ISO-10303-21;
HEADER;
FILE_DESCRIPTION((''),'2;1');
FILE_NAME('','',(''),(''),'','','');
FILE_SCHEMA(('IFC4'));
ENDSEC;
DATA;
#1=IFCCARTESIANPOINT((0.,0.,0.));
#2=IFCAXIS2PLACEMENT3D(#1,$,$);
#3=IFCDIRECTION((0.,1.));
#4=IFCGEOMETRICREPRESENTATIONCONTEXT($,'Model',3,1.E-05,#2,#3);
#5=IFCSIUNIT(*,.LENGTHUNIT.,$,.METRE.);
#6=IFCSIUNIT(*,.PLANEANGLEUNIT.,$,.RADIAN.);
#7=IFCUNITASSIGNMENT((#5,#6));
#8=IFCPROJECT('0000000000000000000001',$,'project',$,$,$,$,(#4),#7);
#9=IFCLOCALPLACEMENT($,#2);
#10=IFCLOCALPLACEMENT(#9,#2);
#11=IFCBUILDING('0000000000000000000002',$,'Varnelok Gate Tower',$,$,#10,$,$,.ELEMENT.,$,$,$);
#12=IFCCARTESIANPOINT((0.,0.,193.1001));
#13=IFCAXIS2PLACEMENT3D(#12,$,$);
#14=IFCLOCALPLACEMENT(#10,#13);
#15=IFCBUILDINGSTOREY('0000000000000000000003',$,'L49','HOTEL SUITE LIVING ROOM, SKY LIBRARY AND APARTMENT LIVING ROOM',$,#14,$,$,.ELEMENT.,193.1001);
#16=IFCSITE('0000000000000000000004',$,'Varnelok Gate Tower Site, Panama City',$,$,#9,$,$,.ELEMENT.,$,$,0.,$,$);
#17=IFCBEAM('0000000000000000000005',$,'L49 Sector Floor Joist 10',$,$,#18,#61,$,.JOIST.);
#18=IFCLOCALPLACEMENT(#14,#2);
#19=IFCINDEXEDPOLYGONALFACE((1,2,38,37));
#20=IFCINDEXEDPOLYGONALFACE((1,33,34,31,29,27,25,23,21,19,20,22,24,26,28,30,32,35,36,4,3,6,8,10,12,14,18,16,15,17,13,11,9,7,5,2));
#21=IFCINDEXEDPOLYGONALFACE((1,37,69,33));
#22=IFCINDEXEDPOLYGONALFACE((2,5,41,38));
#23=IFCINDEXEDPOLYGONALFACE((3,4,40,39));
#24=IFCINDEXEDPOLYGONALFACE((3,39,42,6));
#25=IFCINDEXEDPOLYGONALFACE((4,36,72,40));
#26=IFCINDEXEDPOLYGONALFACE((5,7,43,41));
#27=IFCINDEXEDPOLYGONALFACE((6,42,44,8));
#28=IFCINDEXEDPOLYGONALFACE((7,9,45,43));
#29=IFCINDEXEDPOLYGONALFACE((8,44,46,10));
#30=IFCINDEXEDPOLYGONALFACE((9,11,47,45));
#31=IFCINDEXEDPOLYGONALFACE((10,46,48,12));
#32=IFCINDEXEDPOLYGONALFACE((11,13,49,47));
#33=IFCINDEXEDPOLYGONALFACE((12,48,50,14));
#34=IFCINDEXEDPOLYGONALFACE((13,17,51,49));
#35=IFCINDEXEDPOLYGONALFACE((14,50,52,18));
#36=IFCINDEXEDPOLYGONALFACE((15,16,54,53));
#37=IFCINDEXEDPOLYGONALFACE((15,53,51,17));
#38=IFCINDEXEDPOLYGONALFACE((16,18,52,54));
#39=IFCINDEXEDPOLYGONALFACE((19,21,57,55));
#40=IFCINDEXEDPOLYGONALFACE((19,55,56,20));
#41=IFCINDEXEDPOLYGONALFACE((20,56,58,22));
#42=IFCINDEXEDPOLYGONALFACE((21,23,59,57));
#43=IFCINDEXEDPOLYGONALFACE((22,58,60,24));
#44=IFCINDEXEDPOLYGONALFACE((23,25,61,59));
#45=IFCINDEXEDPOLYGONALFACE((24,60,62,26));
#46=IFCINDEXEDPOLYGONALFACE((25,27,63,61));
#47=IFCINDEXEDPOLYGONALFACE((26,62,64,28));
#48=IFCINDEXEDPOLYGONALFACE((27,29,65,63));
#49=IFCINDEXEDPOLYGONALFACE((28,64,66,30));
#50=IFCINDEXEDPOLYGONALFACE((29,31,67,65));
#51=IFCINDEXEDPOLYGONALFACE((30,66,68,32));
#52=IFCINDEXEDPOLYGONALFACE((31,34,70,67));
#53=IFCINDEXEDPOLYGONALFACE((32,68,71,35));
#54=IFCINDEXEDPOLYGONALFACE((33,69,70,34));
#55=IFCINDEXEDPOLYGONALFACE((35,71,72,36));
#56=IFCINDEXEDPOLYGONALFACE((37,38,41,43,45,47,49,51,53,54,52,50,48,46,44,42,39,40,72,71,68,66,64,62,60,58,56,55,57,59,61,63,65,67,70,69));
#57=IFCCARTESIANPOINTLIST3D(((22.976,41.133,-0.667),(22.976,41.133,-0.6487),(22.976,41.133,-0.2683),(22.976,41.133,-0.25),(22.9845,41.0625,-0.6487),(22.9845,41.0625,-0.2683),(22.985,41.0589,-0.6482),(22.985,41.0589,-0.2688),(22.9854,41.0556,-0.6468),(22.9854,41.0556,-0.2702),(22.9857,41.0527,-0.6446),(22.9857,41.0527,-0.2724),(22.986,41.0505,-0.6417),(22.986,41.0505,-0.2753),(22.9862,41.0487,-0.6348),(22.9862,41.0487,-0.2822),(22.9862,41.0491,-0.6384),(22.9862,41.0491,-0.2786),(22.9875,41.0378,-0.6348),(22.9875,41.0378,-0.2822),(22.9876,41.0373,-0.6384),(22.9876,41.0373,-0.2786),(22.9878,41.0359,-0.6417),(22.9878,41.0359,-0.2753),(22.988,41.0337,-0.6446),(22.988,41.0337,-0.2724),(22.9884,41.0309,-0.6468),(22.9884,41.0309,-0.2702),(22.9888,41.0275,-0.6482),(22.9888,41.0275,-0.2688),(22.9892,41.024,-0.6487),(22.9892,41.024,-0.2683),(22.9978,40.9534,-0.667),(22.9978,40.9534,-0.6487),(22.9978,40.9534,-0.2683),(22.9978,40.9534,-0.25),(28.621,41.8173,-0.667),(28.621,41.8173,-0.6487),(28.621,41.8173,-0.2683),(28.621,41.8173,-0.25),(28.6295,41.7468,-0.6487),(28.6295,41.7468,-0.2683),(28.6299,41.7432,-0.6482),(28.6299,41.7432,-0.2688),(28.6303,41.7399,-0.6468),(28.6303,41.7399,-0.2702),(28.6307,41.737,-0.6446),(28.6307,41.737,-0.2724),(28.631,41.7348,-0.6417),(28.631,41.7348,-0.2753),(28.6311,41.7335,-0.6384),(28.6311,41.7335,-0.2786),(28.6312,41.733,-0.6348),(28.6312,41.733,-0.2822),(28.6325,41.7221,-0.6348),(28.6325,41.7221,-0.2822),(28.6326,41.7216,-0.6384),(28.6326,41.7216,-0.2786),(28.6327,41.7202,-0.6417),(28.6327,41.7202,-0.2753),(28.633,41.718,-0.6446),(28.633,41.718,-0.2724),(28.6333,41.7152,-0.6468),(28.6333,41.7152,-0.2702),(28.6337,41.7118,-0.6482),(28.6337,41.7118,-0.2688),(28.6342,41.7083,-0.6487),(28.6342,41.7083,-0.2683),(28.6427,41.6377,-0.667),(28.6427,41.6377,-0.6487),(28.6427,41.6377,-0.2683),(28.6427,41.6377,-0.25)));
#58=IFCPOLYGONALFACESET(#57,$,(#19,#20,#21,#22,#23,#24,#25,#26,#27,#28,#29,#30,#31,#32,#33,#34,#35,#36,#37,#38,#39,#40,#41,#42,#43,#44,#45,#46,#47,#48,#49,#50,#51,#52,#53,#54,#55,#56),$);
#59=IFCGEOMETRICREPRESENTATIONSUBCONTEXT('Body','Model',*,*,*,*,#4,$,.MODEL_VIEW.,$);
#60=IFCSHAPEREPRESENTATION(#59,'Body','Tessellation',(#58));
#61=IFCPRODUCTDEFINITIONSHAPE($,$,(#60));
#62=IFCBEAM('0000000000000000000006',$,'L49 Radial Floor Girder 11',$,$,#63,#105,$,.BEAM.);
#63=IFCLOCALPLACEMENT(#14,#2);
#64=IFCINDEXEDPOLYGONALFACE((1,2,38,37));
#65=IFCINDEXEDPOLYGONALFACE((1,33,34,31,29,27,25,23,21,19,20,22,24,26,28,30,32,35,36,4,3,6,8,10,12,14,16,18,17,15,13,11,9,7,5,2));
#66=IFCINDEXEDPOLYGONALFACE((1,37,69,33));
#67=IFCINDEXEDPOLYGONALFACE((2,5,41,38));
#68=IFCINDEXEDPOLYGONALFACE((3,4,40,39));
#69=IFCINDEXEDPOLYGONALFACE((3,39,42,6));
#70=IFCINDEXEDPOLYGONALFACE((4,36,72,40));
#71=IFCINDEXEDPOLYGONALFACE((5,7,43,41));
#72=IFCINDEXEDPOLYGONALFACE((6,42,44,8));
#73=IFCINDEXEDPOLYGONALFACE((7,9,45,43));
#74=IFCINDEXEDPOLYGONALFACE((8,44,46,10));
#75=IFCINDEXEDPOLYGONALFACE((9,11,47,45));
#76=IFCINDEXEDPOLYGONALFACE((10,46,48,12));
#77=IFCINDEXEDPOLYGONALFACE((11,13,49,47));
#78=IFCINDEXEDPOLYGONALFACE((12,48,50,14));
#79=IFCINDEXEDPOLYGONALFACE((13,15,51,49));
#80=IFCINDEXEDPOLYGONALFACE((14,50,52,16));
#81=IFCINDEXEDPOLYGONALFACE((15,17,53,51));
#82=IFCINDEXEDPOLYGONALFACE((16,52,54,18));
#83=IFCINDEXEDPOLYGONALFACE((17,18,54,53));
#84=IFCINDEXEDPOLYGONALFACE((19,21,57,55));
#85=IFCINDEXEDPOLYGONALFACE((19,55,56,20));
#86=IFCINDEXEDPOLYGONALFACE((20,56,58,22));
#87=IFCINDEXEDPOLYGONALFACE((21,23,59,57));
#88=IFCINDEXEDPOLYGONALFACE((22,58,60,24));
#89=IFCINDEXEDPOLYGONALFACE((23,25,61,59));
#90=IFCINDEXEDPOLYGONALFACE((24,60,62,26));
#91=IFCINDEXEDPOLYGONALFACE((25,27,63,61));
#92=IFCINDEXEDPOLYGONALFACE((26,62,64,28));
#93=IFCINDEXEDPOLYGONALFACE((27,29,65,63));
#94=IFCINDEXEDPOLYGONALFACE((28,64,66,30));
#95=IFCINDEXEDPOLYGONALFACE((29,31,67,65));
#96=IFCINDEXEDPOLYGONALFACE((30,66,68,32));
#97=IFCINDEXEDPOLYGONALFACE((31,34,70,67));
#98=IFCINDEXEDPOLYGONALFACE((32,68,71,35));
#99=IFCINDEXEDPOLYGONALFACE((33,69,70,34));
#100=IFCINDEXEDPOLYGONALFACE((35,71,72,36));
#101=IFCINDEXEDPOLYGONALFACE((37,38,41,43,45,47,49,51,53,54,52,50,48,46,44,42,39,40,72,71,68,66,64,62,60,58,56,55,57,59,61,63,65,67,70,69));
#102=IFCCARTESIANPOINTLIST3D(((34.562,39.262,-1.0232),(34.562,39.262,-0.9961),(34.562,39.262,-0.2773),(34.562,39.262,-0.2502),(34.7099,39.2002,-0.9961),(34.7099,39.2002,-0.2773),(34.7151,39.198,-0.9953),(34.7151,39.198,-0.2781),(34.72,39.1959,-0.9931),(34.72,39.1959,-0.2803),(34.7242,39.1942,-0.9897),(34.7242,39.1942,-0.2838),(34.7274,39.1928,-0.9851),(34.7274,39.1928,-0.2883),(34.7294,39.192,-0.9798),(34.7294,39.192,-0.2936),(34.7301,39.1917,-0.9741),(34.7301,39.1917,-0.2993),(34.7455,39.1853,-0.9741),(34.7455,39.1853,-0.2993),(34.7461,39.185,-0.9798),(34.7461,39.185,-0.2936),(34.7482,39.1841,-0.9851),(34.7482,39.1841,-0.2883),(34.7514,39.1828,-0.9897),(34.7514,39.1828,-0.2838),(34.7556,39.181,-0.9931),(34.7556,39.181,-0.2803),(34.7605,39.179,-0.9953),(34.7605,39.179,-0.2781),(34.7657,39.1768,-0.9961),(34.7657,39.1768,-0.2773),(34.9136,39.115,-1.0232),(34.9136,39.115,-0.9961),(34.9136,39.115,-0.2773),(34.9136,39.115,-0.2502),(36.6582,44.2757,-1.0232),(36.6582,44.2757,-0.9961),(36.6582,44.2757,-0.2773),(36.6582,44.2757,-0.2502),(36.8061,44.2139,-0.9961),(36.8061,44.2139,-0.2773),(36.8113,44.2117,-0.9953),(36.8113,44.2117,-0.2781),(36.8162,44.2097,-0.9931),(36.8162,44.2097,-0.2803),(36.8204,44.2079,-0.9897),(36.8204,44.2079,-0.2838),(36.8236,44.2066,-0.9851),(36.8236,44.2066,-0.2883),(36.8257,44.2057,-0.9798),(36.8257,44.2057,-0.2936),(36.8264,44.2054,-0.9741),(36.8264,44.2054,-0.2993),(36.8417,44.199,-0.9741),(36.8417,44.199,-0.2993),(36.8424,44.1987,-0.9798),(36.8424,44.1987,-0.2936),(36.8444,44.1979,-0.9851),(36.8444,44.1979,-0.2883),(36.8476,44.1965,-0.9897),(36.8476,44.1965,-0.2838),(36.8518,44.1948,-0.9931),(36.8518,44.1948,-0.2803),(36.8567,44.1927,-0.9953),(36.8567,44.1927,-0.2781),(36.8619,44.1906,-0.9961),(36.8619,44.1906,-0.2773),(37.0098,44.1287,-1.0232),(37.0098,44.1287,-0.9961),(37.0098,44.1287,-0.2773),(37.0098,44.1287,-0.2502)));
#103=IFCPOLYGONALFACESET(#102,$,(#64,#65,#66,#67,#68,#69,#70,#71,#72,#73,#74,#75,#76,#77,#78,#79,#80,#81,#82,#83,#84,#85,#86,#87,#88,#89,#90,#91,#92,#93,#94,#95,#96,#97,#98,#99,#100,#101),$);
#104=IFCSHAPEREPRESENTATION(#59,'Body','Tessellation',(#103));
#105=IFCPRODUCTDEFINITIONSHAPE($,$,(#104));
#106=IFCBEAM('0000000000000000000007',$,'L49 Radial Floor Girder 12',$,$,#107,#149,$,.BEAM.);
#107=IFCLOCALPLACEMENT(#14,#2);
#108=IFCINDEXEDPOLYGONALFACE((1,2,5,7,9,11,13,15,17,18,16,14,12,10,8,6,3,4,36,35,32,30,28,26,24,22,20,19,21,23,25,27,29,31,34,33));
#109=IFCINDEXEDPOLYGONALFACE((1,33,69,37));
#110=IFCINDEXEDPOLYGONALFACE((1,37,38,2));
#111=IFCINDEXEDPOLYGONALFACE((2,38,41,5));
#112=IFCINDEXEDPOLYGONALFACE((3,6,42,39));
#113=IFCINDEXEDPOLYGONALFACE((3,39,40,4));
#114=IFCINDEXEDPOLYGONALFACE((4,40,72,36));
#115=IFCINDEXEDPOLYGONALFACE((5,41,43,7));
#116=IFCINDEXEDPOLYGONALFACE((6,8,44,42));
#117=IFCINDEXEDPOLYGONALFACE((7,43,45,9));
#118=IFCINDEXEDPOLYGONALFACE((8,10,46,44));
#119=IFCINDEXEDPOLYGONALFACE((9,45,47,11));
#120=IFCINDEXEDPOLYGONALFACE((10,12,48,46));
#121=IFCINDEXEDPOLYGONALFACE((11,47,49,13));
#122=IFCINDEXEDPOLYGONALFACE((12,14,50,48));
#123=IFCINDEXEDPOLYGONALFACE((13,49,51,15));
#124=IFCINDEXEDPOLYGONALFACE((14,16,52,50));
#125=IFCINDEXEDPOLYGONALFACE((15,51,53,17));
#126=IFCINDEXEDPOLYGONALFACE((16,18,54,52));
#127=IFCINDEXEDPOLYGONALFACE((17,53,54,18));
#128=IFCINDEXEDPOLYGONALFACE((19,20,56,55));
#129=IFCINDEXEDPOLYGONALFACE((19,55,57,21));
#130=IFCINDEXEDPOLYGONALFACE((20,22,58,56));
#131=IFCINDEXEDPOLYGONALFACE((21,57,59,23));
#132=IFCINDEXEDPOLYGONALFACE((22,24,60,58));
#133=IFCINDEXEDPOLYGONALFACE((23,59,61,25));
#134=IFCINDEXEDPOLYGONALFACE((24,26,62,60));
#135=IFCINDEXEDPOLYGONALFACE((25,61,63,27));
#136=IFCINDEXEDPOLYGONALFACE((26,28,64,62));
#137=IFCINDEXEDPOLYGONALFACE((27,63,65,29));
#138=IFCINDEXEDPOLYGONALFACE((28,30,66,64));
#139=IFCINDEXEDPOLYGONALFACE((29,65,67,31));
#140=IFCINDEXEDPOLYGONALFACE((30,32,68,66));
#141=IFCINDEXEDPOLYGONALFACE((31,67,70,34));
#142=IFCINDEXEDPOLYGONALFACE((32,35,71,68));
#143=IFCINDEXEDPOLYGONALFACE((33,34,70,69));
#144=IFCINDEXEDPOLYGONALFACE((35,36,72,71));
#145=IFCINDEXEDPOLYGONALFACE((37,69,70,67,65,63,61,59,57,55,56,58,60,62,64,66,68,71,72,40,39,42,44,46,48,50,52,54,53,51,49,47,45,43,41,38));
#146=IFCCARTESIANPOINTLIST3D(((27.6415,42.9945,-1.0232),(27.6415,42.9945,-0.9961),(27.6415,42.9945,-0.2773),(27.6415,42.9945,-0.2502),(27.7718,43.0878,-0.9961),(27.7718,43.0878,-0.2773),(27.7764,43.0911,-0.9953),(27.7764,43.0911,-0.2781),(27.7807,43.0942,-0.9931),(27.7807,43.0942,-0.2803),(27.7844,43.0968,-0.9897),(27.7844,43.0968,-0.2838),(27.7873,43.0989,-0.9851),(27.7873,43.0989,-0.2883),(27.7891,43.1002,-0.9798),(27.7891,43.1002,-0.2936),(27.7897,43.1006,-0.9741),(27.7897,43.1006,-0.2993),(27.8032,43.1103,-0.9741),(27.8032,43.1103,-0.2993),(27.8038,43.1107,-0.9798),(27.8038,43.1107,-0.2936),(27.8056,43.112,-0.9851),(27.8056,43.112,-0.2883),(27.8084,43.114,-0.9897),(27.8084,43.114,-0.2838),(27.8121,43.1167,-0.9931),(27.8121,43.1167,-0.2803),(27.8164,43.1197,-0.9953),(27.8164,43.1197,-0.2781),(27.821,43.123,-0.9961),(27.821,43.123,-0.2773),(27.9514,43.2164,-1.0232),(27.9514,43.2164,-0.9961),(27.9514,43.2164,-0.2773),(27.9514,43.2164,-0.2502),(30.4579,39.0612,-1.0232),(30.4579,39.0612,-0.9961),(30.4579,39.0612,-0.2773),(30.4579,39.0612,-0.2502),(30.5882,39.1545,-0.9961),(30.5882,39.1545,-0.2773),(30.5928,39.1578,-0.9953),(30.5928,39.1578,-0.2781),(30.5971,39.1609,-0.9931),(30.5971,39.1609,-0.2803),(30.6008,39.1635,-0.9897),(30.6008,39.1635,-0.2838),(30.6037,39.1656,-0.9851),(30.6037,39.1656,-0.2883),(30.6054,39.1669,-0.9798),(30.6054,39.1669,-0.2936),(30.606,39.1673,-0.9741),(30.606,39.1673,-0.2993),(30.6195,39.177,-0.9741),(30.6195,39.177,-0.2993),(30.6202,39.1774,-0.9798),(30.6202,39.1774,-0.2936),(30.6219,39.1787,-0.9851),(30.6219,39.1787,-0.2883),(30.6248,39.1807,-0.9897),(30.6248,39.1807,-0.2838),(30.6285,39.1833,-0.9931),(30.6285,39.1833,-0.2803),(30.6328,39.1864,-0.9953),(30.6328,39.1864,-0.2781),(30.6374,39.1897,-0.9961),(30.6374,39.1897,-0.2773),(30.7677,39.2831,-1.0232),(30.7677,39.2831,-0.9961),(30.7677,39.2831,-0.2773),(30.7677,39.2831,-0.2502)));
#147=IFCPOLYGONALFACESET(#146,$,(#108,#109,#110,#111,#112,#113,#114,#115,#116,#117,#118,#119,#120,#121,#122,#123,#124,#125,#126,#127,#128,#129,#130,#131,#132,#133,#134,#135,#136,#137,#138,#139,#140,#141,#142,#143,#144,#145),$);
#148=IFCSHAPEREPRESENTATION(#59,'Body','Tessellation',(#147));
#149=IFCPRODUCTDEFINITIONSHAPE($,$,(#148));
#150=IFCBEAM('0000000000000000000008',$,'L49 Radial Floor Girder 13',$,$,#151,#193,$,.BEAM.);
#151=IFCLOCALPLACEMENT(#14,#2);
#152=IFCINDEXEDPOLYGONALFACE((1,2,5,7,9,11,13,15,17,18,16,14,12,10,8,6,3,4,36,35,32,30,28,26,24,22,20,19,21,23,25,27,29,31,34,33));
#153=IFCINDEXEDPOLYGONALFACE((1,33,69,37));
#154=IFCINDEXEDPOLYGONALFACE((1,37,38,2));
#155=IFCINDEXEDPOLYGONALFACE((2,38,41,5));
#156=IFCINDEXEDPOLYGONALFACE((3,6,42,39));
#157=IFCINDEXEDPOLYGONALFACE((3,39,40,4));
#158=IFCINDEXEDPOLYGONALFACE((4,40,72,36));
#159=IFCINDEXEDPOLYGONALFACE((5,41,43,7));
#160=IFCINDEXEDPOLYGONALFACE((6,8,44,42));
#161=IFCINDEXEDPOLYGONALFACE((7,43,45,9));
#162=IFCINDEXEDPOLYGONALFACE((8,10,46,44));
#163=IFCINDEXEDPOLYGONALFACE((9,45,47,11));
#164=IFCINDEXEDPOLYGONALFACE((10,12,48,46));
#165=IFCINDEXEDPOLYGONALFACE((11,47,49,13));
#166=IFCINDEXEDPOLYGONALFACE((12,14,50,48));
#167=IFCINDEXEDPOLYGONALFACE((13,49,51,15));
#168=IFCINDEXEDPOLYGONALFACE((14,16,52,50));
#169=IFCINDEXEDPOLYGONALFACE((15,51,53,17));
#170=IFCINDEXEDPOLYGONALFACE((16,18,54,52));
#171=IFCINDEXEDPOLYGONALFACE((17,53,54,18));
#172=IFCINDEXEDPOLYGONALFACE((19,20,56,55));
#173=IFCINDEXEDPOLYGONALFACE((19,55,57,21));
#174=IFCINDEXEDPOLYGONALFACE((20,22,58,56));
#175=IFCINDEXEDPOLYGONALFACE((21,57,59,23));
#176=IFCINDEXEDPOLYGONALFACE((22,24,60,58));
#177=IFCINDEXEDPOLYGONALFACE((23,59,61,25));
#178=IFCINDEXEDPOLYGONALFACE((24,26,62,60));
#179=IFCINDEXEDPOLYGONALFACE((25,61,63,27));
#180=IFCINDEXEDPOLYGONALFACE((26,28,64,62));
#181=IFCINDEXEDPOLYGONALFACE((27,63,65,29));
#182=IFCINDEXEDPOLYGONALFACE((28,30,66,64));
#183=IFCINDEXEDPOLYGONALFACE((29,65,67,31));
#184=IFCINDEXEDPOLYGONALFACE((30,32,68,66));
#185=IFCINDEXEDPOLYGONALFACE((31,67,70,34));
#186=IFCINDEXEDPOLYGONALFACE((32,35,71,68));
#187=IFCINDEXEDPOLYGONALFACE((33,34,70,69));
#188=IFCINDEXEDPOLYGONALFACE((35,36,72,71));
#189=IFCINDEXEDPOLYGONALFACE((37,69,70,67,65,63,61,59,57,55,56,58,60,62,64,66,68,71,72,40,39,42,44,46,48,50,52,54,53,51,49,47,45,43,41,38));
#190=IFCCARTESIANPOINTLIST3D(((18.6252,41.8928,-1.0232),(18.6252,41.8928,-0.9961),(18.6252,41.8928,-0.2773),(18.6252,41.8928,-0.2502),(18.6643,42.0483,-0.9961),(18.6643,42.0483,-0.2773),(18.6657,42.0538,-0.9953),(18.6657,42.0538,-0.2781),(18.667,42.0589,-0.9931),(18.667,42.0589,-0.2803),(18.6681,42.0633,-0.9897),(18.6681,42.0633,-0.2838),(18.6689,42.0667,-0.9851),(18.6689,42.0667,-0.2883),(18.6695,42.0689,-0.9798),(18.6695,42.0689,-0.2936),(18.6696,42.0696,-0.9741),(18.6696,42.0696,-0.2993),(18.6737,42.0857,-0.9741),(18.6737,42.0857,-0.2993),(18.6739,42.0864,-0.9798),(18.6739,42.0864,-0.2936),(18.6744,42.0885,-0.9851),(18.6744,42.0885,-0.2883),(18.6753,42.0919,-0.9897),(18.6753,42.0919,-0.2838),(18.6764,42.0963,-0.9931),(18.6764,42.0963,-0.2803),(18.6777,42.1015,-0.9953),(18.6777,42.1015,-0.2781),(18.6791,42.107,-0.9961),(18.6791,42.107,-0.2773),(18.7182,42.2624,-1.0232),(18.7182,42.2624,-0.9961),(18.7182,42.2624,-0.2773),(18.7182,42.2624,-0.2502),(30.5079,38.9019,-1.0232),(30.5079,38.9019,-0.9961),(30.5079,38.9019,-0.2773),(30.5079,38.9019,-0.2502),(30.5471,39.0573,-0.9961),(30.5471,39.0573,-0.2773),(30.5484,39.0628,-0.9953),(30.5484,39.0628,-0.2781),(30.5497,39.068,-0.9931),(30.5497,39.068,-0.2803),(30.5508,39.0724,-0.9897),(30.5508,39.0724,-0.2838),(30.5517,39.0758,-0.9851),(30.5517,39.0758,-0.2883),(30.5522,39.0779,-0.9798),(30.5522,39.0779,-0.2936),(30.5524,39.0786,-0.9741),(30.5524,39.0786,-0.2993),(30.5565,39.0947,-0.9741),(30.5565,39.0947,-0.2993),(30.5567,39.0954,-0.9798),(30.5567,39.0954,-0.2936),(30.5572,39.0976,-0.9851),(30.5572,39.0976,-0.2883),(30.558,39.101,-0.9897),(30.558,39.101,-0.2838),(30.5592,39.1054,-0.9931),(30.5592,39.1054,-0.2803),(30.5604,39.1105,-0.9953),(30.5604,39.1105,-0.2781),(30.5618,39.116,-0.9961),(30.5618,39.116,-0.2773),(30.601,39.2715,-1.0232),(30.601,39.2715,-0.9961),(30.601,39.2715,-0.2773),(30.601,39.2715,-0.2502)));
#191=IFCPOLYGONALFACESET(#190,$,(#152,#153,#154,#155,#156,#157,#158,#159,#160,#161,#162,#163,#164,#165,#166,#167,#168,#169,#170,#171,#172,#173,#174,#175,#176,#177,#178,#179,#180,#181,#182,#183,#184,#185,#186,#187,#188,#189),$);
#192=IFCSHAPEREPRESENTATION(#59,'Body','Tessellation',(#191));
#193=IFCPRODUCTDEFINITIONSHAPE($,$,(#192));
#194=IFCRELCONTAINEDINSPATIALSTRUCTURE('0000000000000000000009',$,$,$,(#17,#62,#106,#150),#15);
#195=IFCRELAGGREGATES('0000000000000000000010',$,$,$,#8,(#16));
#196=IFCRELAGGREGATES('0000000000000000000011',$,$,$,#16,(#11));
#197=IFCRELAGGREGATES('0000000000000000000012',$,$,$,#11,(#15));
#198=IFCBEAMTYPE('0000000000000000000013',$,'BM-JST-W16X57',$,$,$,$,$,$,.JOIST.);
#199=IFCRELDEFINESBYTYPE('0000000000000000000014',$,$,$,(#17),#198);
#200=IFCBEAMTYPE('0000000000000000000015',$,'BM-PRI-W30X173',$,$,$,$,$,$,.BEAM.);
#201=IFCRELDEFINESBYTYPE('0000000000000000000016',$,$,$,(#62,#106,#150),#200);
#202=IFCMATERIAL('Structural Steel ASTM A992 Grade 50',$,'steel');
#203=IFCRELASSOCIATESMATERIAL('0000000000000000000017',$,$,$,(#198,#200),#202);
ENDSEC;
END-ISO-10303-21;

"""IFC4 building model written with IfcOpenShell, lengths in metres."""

from ifc_helpers import new_model, si_unit, direction, frame, origin, origin_2d, place, context, subcontext, project, spatial, i_section, extrude, material, material_profile, profile_set, type_object, element, save


model = new_model("IFC4")

# Units and contexts
model_context = context("Model", 3, precision=1e-05, world=origin(), true_north=direction((0.0, 1.0)))
body_context = subcontext(model_context, "Body", "Model", "MODEL_VIEW")
ifc_project = project(units=[si_unit("LENGTHUNIT", "METRE"), si_unit("PLANEANGLEUNIT", "RADIAN")], contexts=[model_context])

# Site, building, storey
site_placement = place(None, origin())
site = spatial("IfcSite", under=ifc_project, at=site_placement, Name="Varnelok Gate Tower Site, Panama City", CompositionType="ELEMENT", RefElevation=0.0)
building_placement = place(site_placement, origin())
building = spatial("IfcBuilding", under=site, at=building_placement, Name="Varnelok Gate Tower", CompositionType="ELEMENT")
storey_placement = place(building_placement, frame((0.0, 0.0, 193.1001)))
storey = spatial("IfcBuildingStorey", under=building, at=storey_placement, Name="L49", Description="HOTEL SUITE LIVING ROOM, SKY LIBRARY AND APARTMENT LIVING ROOM", CompositionType="ELEMENT", Elevation=193.1001)

# Shared definitions
ifc_material_1 = material(Name="Structural Steel ASTM A992 Grade 50", Category="steel")

# Beams
ifc_material_profile_1 = material_profile(ifc_material_1, i_section(OverallWidth=0.1809, OverallDepth=0.417, WebThickness=0.011, FlangeThickness=0.0183, FilletRadius=0.0139, at=origin_2d()), Name="W16X57")
ifc_profile_set_1 = profile_set([ifc_material_profile_1], Name="Structural Steel ASTM A992 Grade 50")
beam_type_1 = type_object("IfcBeamType", Name="BM-JST-W16X57", PredefinedType="JOIST", material=ifc_profile_set_1)
beam_1_placement = place(storey_placement, frame((28.6318, 41.7275, -0.4585), z_axis=(-0.992732, -0.120345, 0.0), x_axis=(0.120345, -0.992732, 0.0)))
element("IfcBeam", 1, at=beam_1_placement, inside=storey, type_object=beam_type_1, Name="L49 Sector Floor Joist 10", PredefinedType="JOIST", context=body_context, shape_type="SweptSolid", body=[
    extrude(i_section(OverallWidth=0.1809, OverallDepth=0.417, WebThickness=0.011, FlangeThickness=0.0183, FilletRadius=0.0139, at=origin_2d()), origin(), (0.0, 0.0, 1.0), 5.6863),
])
ifc_material_profile_2 = material_profile(ifc_material_1, i_section(OverallWidth=0.3811, OverallDepth=0.7729, WebThickness=0.0166, FlangeThickness=0.0271, FilletRadius=0.022, at=origin_2d()), Name="W30X173")
ifc_profile_set_2 = profile_set([ifc_material_profile_2], Name="Structural Steel ASTM A992 Grade 50")
beam_type_2 = type_object("IfcBeamType", Name="BM-PRI-W30X173", PredefinedType="BEAM", material=ifc_profile_set_2)
beam_2_placement = place(storey_placement, frame((34.7378, 39.1885, -0.6367), z_axis=(0.385738, 0.922608, 0.0), x_axis=(-0.922608, 0.385738, 0.0)))
element("IfcBeam", 2, at=beam_2_placement, inside=storey, type_object=beam_type_2, Name="L49 Radial Floor Girder 11", PredefinedType="BEAM", context=body_context, shape_type="SweptSolid", body=[
    extrude(i_section(OverallWidth=0.3811, OverallDepth=0.7729, WebThickness=0.0166, FlangeThickness=0.0271, FilletRadius=0.022, at=origin_2d()), origin(), (0.0, 0.0, 1.0), 5.4343),
])
beam_3_placement = place(storey_placement, frame((30.6128, 39.1721, -0.6367), z_axis=(-0.582178, 0.813061, 0.0), x_axis=(-0.813061, -0.582178, 0.0)))
element("IfcBeam", 3, at=beam_3_placement, inside=storey, type_object=beam_type_2, Name="L49 Radial Floor Girder 12", PredefinedType="BEAM", context=body_context, shape_type="SweptSolid", body=[
    extrude(i_section(OverallWidth=0.3811, OverallDepth=0.7729, WebThickness=0.0166, FlangeThickness=0.0271, FilletRadius=0.022, at=origin_2d()), origin(), (0.0, 0.0, 1.0), 4.8376),
])
beam_4_placement = place(storey_placement, frame((30.5544, 39.0867, -0.6367), z_axis=(-0.969752, 0.244092, 0.0), x_axis=(-0.244092, -0.969752, 0.0)))
element("IfcBeam", 4, at=beam_4_placement, inside=storey, type_object=beam_type_2, Name="L49 Radial Floor Girder 13", PredefinedType="BEAM", context=body_context, shape_type="SweptSolid", body=[
    extrude(i_section(OverallWidth=0.3811, OverallDepth=0.7729, WebThickness=0.0166, FlangeThickness=0.0271, FilletRadius=0.022, at=origin_2d()), origin(), (0.0, 0.0, 1.0), 12.2534),
])

save(model, "model.ifc")
